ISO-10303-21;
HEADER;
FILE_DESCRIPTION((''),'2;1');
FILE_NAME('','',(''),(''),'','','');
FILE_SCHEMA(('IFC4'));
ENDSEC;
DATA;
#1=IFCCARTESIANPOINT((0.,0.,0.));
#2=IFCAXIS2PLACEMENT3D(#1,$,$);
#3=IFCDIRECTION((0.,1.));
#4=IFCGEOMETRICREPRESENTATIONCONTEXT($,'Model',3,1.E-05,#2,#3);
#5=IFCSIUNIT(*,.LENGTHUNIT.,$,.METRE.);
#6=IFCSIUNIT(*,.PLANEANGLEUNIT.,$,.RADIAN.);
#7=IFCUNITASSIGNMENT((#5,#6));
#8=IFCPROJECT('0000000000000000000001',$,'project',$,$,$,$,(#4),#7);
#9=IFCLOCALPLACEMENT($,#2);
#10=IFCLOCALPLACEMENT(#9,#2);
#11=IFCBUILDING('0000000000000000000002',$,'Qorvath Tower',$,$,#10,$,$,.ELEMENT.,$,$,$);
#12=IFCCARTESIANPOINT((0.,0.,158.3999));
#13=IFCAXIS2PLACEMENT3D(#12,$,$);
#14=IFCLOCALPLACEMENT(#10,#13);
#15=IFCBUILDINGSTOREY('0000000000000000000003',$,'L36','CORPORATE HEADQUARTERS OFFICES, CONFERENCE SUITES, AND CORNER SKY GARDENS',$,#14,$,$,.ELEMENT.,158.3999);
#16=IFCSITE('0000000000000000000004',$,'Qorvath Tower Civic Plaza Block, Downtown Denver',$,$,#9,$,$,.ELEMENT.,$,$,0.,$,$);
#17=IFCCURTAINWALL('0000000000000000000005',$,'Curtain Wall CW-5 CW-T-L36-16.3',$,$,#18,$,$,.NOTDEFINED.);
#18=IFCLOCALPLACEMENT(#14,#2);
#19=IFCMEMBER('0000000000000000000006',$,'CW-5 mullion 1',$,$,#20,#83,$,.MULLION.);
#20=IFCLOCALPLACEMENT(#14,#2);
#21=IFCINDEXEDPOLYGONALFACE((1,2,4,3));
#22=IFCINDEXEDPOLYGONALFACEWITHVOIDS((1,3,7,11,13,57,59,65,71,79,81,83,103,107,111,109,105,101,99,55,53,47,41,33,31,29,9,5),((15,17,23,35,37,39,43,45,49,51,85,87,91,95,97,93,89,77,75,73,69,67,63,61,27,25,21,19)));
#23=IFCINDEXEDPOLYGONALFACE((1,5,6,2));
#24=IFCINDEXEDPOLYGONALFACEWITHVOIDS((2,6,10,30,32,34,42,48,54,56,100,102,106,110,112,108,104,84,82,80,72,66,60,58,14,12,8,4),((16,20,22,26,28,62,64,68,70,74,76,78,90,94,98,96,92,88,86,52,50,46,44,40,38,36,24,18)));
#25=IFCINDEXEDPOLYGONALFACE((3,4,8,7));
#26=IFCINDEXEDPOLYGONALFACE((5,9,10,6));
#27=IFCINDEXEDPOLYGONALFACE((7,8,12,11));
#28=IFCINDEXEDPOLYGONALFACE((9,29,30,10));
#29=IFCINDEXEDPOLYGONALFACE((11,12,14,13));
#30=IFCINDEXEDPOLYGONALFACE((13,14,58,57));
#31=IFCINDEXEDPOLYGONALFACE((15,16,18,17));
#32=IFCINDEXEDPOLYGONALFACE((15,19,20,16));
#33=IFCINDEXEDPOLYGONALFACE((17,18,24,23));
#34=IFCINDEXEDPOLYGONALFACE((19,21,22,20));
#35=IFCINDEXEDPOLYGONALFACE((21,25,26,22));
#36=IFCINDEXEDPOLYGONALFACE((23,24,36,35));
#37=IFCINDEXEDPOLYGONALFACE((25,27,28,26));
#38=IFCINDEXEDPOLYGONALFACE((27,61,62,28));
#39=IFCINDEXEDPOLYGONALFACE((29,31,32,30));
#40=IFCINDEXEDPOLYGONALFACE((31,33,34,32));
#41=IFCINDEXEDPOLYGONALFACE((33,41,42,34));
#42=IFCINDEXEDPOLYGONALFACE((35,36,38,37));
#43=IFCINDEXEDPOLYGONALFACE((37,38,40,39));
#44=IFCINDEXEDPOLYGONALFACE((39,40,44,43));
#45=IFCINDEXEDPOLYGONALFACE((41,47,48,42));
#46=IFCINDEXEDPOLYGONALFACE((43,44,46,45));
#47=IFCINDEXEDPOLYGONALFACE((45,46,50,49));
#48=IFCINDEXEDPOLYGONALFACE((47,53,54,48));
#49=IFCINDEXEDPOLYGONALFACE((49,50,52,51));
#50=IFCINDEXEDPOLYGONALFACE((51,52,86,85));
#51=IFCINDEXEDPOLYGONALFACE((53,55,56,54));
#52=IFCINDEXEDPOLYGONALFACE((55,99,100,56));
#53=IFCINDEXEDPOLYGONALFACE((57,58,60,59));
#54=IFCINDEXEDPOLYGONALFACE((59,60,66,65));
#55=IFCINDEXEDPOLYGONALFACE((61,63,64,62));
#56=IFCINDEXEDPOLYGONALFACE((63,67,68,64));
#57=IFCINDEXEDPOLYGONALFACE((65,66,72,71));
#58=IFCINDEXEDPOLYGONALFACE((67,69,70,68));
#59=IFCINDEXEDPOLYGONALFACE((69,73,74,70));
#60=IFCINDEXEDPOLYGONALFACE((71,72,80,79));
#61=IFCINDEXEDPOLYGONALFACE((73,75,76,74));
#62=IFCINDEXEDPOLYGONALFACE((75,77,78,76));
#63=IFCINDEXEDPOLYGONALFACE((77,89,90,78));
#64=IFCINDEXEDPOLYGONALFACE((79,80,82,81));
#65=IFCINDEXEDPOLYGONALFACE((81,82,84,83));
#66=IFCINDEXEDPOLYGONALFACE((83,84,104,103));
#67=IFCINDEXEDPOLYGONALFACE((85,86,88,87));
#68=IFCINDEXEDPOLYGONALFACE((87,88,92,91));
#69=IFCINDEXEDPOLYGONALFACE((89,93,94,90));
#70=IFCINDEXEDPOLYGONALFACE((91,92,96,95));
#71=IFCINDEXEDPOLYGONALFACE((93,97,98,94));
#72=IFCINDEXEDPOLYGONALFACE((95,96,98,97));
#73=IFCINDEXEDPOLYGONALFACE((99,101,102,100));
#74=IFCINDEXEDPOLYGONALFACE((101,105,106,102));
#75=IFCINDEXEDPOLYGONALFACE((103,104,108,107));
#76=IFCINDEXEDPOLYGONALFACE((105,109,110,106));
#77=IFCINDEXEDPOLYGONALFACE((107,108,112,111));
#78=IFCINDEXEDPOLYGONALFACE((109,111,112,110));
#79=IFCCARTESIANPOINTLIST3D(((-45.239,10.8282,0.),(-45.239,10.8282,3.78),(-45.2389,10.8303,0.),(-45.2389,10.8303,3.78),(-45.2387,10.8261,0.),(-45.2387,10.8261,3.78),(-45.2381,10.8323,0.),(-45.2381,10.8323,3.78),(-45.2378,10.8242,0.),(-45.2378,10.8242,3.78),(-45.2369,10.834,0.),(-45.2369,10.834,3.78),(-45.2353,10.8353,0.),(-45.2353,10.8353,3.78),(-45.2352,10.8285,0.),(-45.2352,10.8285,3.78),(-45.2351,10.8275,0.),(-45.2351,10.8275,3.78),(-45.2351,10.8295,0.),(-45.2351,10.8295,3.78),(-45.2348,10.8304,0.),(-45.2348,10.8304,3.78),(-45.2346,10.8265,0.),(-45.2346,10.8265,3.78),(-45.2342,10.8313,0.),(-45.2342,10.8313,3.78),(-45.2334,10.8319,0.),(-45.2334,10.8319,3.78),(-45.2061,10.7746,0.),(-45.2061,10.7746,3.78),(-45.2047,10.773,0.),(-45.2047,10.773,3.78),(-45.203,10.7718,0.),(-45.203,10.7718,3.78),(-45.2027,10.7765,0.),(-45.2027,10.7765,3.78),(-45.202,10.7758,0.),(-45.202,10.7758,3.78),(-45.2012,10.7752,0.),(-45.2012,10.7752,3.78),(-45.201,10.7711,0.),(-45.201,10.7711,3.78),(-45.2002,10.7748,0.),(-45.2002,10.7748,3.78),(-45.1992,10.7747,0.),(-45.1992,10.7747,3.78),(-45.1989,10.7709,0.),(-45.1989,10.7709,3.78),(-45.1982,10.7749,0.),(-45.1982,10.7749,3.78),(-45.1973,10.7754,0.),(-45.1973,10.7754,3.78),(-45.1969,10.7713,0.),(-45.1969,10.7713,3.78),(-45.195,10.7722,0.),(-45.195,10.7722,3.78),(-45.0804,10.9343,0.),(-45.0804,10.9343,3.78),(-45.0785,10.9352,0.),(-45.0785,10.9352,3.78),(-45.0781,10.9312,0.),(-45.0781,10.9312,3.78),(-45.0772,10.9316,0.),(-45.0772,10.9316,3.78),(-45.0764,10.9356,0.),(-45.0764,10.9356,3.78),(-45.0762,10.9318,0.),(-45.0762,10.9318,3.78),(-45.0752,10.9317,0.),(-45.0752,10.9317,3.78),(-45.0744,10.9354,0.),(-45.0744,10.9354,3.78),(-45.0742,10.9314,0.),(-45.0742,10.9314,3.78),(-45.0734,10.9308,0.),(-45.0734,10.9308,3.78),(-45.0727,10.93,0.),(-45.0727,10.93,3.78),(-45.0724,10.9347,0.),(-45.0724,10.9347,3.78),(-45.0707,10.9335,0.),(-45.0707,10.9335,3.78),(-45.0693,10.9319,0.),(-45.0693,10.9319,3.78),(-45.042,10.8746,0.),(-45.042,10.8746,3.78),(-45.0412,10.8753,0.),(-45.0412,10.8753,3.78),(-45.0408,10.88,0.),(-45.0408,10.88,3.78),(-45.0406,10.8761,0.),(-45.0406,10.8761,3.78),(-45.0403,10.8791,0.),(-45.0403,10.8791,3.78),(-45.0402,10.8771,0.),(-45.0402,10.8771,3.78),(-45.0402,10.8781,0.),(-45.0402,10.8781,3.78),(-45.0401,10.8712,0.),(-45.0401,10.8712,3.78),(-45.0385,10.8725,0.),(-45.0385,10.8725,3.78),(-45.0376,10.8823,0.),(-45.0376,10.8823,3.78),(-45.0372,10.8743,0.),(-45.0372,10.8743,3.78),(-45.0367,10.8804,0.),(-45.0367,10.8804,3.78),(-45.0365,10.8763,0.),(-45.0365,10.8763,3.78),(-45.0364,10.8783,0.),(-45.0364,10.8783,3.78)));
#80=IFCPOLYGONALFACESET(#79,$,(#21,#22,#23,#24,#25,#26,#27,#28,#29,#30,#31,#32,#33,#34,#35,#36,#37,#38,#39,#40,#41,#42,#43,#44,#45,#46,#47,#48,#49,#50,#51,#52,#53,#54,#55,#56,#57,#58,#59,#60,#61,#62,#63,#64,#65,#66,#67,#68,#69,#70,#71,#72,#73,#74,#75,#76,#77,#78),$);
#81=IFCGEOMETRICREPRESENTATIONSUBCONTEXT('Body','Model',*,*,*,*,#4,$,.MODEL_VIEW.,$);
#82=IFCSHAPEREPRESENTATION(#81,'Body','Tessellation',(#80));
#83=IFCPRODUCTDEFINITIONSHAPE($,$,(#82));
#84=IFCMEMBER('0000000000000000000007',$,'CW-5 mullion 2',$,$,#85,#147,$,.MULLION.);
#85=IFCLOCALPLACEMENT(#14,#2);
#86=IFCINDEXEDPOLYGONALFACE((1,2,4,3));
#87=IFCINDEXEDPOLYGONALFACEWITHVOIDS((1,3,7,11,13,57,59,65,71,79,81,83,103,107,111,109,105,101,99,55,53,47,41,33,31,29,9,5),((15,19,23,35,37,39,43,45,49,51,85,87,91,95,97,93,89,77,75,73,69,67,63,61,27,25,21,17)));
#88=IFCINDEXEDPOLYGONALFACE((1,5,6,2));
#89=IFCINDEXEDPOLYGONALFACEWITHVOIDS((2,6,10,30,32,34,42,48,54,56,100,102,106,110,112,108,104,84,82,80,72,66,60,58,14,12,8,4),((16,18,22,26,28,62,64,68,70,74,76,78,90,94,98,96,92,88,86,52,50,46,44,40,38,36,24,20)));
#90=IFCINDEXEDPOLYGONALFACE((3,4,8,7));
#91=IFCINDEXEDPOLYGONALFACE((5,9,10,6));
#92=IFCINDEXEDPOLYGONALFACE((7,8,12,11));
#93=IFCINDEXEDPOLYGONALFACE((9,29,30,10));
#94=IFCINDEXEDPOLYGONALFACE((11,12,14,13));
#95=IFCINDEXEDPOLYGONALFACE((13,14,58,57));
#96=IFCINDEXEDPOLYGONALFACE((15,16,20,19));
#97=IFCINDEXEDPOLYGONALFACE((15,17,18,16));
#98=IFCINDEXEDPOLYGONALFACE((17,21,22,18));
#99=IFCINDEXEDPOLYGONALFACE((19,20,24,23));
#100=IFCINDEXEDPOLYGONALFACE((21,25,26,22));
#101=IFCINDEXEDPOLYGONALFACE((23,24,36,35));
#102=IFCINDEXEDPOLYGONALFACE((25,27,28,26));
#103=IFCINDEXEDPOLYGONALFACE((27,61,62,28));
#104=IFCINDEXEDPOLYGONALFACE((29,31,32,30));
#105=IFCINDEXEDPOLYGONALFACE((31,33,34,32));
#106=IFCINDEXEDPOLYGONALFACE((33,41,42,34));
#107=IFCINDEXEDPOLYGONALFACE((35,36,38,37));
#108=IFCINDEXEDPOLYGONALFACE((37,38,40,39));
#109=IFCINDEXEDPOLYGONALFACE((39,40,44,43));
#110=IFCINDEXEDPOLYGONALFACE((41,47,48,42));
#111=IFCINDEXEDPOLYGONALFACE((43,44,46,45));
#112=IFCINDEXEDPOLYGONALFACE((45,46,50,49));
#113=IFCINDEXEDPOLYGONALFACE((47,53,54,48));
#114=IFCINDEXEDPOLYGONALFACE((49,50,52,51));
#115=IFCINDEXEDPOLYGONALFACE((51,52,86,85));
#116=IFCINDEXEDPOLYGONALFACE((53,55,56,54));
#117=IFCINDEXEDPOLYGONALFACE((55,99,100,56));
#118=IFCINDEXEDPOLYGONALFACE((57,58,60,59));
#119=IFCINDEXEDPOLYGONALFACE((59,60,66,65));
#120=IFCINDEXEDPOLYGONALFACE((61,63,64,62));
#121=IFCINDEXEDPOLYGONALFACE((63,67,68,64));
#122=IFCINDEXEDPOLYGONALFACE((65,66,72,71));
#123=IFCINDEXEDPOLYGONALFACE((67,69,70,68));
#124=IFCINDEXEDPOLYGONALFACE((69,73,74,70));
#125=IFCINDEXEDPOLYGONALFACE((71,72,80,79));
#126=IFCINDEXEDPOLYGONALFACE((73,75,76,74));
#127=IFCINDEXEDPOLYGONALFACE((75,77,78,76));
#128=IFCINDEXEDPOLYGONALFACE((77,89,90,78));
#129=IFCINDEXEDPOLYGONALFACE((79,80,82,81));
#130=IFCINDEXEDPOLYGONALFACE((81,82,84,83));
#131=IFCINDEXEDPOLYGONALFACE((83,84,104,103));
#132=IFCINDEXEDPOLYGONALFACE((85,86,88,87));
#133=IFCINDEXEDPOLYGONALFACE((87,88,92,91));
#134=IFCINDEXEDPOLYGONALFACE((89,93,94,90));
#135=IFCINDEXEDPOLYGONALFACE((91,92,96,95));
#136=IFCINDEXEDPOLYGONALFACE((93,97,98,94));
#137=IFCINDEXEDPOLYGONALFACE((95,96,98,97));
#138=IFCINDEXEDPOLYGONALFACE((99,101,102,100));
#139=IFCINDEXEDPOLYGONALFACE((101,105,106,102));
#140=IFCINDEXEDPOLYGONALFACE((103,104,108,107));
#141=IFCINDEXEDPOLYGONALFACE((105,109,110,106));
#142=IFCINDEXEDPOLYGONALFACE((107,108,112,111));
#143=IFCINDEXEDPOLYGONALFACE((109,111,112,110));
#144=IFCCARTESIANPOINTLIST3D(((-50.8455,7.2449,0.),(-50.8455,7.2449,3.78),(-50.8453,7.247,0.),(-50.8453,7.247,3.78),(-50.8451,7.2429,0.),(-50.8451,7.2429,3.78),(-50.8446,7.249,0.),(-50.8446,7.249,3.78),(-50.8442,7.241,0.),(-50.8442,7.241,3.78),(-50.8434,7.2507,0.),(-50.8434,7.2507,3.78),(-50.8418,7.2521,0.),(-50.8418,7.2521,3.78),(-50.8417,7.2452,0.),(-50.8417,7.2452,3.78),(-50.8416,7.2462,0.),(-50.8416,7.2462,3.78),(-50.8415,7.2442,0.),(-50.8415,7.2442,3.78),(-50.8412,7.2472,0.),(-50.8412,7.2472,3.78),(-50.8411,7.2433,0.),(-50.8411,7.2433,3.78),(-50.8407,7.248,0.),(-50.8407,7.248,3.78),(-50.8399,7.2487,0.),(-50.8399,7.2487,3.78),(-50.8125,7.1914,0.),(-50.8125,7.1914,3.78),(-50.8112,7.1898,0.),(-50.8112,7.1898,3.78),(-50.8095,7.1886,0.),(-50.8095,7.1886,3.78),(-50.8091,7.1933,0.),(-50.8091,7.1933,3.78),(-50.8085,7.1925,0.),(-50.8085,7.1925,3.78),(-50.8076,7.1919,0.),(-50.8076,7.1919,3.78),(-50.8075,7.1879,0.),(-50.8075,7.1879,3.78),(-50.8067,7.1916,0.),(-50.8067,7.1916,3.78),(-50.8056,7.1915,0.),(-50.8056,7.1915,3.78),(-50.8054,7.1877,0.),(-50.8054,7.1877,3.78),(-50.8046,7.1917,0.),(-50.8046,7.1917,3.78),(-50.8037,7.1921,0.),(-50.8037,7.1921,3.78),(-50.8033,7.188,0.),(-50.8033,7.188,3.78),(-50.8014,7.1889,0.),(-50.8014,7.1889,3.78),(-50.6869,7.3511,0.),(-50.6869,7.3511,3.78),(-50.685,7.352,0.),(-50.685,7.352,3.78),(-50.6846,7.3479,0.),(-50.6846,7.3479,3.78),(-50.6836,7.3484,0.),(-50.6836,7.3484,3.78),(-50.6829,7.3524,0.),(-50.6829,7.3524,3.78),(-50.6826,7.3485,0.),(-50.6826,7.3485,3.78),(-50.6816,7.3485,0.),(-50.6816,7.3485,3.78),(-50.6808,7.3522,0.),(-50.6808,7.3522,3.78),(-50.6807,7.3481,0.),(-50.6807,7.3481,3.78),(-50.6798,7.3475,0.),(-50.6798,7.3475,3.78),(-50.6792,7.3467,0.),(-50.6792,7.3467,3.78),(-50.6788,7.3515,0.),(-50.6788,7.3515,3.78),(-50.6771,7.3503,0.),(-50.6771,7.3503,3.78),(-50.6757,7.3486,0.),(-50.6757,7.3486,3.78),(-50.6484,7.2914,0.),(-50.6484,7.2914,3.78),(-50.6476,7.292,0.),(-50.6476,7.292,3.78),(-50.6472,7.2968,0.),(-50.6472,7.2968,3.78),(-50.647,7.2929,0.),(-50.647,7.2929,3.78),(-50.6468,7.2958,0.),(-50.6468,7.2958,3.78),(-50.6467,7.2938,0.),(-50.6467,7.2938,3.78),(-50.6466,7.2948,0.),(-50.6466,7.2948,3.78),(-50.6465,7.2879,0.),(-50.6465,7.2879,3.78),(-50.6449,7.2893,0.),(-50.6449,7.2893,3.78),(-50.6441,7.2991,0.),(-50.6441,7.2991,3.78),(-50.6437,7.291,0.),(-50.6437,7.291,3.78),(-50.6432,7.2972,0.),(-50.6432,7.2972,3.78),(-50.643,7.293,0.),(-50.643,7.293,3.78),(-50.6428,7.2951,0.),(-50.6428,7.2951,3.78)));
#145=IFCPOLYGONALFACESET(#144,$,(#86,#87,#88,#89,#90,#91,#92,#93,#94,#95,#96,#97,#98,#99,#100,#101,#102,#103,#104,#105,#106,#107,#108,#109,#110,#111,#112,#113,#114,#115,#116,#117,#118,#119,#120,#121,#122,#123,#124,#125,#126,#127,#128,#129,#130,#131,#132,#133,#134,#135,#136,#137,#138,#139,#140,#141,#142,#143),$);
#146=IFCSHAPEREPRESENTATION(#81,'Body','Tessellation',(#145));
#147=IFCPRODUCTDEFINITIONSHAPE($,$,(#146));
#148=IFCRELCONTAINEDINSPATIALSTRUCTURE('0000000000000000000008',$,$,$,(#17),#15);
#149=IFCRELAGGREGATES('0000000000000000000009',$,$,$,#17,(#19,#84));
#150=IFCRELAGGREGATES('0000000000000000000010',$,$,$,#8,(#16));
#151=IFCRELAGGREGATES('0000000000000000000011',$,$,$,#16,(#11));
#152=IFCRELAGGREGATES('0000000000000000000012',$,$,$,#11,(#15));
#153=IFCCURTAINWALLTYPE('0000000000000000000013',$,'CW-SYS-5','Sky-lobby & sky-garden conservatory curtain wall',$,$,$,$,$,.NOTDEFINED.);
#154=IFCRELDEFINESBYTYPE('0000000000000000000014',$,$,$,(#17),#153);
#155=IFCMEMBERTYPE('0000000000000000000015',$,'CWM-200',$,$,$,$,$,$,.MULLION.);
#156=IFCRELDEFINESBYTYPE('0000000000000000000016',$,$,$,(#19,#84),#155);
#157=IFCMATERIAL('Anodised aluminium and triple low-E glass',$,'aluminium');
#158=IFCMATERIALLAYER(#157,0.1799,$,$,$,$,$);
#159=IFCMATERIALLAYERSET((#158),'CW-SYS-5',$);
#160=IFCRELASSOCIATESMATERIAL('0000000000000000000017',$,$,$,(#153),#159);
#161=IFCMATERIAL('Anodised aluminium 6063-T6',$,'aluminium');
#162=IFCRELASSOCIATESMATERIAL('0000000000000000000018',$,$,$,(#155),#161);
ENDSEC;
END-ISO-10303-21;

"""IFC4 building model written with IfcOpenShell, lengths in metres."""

from ifc_helpers import new_model, si_unit, direction, frame, origin, origin_2d, place, context, subcontext, project, spatial, hollow_rectangle, extrude, material, layer, layer_set, material_profile, profile_set, type_object, element, aggregate, save


model = new_model("IFC4")

# Units and contexts
model_context = context("Model", 3, precision=1e-05, world=origin(), true_north=direction((0.0, 1.0)))
body_context = subcontext(model_context, "Body", "Model", "MODEL_VIEW")
ifc_project = project(units=[si_unit("LENGTHUNIT", "METRE"), si_unit("PLANEANGLEUNIT", "RADIAN")], contexts=[model_context])

# Site, building, storey
site_placement = place(None, origin())
site = spatial("IfcSite", under=ifc_project, at=site_placement, Name="Qorvath Tower Civic Plaza Block, Downtown Denver", CompositionType="ELEMENT", RefElevation=0.0)
building_placement = place(site_placement, origin())
building = spatial("IfcBuilding", under=site, at=building_placement, Name="Qorvath Tower", CompositionType="ELEMENT")
storey_placement = place(building_placement, frame((0.0, 0.0, 158.3999)))
storey = spatial("IfcBuildingStorey", under=building, at=storey_placement, Name="L36", Description="CORPORATE HEADQUARTERS OFFICES, CONFERENCE SUITES, AND CORNER SKY GARDENS", CompositionType="ELEMENT", Elevation=158.3999)

# Curtain wall, members
ifc_material_1 = material(Name="Anodised aluminium and triple low-E glass", Category="aluminium")
ifc_layer_1 = layer(ifc_material_1, 0.1799)
ifc_layer_set_1 = layer_set([ifc_layer_1], Name="CW-SYS-5")
curtain_wall_type = type_object("IfcCurtainWallType", Name="CW-SYS-5", Description="Sky-lobby & sky-garden conservatory curtain wall", PredefinedType="NOTDEFINED", material=ifc_layer_set_1)
ifc_material_2 = material(Name="Anodised aluminium 6063-T6", Category="aluminium")
ifc_material_profile_1 = material_profile(ifc_material_2, hollow_rectangle(XDim=0.075, YDim=0.2, WallThickness=0.0039, InnerFilletRadius=0.0039, OuterFilletRadius=0.0081, at=origin_2d()), Name="CWM 200x75")
ifc_profile_set_1 = profile_set([ifc_material_profile_1], Name="Anodised aluminium 6063-T6")
member_type_1 = type_object("IfcMemberType", Name="CWM-200", PredefinedType="MULLION", material=ifc_profile_set_1)
curtain_wall_1_placement = place(storey_placement, origin())
curtain_wall_1 = element("IfcCurtainWall", 1, at=curtain_wall_1_placement, inside=storey, type_object=curtain_wall_type, Name="Curtain Wall CW-5 CW-T-L36-16.3", PredefinedType="NOTDEFINED")
member_1_placement = place(storey_placement, frame((-45.1377, 10.8533, 0.0), z_axis=(0.0, 0.0, 1.0), x_axis=(0.538529, -0.842607, 0.0)))
member_1 = element("IfcMember", 2, at=member_1_placement, type_object=member_type_1, Name="CW-5 mullion 1", PredefinedType="MULLION", context=body_context, shape_type="SweptSolid", body=[
    extrude(hollow_rectangle(XDim=0.075, YDim=0.2, WallThickness=0.0039, InnerFilletRadius=0.0039, OuterFilletRadius=0.0081, at=origin_2d()), origin(), (0.0, 0.0, 1.0), 3.78),
])
member_2_placement = place(storey_placement, frame((-50.7441, 7.27, 0.0), z_axis=(0.0, 0.0, 1.0), x_axis=(0.538529, -0.842607, 0.0)))
member_2 = element("IfcMember", 3, at=member_2_placement, type_object=member_type_1, Name="CW-5 mullion 2", PredefinedType="MULLION", context=body_context, shape_type="SweptSolid", body=[
    extrude(hollow_rectangle(XDim=0.075, YDim=0.2, WallThickness=0.0039, InnerFilletRadius=0.0039, OuterFilletRadius=0.0081, at=origin_2d()), origin(), (0.0, 0.0, 1.0), 3.78),
])

aggregate(curtain_wall_1, [member_1, member_2])

save(model, "model.ifc")
